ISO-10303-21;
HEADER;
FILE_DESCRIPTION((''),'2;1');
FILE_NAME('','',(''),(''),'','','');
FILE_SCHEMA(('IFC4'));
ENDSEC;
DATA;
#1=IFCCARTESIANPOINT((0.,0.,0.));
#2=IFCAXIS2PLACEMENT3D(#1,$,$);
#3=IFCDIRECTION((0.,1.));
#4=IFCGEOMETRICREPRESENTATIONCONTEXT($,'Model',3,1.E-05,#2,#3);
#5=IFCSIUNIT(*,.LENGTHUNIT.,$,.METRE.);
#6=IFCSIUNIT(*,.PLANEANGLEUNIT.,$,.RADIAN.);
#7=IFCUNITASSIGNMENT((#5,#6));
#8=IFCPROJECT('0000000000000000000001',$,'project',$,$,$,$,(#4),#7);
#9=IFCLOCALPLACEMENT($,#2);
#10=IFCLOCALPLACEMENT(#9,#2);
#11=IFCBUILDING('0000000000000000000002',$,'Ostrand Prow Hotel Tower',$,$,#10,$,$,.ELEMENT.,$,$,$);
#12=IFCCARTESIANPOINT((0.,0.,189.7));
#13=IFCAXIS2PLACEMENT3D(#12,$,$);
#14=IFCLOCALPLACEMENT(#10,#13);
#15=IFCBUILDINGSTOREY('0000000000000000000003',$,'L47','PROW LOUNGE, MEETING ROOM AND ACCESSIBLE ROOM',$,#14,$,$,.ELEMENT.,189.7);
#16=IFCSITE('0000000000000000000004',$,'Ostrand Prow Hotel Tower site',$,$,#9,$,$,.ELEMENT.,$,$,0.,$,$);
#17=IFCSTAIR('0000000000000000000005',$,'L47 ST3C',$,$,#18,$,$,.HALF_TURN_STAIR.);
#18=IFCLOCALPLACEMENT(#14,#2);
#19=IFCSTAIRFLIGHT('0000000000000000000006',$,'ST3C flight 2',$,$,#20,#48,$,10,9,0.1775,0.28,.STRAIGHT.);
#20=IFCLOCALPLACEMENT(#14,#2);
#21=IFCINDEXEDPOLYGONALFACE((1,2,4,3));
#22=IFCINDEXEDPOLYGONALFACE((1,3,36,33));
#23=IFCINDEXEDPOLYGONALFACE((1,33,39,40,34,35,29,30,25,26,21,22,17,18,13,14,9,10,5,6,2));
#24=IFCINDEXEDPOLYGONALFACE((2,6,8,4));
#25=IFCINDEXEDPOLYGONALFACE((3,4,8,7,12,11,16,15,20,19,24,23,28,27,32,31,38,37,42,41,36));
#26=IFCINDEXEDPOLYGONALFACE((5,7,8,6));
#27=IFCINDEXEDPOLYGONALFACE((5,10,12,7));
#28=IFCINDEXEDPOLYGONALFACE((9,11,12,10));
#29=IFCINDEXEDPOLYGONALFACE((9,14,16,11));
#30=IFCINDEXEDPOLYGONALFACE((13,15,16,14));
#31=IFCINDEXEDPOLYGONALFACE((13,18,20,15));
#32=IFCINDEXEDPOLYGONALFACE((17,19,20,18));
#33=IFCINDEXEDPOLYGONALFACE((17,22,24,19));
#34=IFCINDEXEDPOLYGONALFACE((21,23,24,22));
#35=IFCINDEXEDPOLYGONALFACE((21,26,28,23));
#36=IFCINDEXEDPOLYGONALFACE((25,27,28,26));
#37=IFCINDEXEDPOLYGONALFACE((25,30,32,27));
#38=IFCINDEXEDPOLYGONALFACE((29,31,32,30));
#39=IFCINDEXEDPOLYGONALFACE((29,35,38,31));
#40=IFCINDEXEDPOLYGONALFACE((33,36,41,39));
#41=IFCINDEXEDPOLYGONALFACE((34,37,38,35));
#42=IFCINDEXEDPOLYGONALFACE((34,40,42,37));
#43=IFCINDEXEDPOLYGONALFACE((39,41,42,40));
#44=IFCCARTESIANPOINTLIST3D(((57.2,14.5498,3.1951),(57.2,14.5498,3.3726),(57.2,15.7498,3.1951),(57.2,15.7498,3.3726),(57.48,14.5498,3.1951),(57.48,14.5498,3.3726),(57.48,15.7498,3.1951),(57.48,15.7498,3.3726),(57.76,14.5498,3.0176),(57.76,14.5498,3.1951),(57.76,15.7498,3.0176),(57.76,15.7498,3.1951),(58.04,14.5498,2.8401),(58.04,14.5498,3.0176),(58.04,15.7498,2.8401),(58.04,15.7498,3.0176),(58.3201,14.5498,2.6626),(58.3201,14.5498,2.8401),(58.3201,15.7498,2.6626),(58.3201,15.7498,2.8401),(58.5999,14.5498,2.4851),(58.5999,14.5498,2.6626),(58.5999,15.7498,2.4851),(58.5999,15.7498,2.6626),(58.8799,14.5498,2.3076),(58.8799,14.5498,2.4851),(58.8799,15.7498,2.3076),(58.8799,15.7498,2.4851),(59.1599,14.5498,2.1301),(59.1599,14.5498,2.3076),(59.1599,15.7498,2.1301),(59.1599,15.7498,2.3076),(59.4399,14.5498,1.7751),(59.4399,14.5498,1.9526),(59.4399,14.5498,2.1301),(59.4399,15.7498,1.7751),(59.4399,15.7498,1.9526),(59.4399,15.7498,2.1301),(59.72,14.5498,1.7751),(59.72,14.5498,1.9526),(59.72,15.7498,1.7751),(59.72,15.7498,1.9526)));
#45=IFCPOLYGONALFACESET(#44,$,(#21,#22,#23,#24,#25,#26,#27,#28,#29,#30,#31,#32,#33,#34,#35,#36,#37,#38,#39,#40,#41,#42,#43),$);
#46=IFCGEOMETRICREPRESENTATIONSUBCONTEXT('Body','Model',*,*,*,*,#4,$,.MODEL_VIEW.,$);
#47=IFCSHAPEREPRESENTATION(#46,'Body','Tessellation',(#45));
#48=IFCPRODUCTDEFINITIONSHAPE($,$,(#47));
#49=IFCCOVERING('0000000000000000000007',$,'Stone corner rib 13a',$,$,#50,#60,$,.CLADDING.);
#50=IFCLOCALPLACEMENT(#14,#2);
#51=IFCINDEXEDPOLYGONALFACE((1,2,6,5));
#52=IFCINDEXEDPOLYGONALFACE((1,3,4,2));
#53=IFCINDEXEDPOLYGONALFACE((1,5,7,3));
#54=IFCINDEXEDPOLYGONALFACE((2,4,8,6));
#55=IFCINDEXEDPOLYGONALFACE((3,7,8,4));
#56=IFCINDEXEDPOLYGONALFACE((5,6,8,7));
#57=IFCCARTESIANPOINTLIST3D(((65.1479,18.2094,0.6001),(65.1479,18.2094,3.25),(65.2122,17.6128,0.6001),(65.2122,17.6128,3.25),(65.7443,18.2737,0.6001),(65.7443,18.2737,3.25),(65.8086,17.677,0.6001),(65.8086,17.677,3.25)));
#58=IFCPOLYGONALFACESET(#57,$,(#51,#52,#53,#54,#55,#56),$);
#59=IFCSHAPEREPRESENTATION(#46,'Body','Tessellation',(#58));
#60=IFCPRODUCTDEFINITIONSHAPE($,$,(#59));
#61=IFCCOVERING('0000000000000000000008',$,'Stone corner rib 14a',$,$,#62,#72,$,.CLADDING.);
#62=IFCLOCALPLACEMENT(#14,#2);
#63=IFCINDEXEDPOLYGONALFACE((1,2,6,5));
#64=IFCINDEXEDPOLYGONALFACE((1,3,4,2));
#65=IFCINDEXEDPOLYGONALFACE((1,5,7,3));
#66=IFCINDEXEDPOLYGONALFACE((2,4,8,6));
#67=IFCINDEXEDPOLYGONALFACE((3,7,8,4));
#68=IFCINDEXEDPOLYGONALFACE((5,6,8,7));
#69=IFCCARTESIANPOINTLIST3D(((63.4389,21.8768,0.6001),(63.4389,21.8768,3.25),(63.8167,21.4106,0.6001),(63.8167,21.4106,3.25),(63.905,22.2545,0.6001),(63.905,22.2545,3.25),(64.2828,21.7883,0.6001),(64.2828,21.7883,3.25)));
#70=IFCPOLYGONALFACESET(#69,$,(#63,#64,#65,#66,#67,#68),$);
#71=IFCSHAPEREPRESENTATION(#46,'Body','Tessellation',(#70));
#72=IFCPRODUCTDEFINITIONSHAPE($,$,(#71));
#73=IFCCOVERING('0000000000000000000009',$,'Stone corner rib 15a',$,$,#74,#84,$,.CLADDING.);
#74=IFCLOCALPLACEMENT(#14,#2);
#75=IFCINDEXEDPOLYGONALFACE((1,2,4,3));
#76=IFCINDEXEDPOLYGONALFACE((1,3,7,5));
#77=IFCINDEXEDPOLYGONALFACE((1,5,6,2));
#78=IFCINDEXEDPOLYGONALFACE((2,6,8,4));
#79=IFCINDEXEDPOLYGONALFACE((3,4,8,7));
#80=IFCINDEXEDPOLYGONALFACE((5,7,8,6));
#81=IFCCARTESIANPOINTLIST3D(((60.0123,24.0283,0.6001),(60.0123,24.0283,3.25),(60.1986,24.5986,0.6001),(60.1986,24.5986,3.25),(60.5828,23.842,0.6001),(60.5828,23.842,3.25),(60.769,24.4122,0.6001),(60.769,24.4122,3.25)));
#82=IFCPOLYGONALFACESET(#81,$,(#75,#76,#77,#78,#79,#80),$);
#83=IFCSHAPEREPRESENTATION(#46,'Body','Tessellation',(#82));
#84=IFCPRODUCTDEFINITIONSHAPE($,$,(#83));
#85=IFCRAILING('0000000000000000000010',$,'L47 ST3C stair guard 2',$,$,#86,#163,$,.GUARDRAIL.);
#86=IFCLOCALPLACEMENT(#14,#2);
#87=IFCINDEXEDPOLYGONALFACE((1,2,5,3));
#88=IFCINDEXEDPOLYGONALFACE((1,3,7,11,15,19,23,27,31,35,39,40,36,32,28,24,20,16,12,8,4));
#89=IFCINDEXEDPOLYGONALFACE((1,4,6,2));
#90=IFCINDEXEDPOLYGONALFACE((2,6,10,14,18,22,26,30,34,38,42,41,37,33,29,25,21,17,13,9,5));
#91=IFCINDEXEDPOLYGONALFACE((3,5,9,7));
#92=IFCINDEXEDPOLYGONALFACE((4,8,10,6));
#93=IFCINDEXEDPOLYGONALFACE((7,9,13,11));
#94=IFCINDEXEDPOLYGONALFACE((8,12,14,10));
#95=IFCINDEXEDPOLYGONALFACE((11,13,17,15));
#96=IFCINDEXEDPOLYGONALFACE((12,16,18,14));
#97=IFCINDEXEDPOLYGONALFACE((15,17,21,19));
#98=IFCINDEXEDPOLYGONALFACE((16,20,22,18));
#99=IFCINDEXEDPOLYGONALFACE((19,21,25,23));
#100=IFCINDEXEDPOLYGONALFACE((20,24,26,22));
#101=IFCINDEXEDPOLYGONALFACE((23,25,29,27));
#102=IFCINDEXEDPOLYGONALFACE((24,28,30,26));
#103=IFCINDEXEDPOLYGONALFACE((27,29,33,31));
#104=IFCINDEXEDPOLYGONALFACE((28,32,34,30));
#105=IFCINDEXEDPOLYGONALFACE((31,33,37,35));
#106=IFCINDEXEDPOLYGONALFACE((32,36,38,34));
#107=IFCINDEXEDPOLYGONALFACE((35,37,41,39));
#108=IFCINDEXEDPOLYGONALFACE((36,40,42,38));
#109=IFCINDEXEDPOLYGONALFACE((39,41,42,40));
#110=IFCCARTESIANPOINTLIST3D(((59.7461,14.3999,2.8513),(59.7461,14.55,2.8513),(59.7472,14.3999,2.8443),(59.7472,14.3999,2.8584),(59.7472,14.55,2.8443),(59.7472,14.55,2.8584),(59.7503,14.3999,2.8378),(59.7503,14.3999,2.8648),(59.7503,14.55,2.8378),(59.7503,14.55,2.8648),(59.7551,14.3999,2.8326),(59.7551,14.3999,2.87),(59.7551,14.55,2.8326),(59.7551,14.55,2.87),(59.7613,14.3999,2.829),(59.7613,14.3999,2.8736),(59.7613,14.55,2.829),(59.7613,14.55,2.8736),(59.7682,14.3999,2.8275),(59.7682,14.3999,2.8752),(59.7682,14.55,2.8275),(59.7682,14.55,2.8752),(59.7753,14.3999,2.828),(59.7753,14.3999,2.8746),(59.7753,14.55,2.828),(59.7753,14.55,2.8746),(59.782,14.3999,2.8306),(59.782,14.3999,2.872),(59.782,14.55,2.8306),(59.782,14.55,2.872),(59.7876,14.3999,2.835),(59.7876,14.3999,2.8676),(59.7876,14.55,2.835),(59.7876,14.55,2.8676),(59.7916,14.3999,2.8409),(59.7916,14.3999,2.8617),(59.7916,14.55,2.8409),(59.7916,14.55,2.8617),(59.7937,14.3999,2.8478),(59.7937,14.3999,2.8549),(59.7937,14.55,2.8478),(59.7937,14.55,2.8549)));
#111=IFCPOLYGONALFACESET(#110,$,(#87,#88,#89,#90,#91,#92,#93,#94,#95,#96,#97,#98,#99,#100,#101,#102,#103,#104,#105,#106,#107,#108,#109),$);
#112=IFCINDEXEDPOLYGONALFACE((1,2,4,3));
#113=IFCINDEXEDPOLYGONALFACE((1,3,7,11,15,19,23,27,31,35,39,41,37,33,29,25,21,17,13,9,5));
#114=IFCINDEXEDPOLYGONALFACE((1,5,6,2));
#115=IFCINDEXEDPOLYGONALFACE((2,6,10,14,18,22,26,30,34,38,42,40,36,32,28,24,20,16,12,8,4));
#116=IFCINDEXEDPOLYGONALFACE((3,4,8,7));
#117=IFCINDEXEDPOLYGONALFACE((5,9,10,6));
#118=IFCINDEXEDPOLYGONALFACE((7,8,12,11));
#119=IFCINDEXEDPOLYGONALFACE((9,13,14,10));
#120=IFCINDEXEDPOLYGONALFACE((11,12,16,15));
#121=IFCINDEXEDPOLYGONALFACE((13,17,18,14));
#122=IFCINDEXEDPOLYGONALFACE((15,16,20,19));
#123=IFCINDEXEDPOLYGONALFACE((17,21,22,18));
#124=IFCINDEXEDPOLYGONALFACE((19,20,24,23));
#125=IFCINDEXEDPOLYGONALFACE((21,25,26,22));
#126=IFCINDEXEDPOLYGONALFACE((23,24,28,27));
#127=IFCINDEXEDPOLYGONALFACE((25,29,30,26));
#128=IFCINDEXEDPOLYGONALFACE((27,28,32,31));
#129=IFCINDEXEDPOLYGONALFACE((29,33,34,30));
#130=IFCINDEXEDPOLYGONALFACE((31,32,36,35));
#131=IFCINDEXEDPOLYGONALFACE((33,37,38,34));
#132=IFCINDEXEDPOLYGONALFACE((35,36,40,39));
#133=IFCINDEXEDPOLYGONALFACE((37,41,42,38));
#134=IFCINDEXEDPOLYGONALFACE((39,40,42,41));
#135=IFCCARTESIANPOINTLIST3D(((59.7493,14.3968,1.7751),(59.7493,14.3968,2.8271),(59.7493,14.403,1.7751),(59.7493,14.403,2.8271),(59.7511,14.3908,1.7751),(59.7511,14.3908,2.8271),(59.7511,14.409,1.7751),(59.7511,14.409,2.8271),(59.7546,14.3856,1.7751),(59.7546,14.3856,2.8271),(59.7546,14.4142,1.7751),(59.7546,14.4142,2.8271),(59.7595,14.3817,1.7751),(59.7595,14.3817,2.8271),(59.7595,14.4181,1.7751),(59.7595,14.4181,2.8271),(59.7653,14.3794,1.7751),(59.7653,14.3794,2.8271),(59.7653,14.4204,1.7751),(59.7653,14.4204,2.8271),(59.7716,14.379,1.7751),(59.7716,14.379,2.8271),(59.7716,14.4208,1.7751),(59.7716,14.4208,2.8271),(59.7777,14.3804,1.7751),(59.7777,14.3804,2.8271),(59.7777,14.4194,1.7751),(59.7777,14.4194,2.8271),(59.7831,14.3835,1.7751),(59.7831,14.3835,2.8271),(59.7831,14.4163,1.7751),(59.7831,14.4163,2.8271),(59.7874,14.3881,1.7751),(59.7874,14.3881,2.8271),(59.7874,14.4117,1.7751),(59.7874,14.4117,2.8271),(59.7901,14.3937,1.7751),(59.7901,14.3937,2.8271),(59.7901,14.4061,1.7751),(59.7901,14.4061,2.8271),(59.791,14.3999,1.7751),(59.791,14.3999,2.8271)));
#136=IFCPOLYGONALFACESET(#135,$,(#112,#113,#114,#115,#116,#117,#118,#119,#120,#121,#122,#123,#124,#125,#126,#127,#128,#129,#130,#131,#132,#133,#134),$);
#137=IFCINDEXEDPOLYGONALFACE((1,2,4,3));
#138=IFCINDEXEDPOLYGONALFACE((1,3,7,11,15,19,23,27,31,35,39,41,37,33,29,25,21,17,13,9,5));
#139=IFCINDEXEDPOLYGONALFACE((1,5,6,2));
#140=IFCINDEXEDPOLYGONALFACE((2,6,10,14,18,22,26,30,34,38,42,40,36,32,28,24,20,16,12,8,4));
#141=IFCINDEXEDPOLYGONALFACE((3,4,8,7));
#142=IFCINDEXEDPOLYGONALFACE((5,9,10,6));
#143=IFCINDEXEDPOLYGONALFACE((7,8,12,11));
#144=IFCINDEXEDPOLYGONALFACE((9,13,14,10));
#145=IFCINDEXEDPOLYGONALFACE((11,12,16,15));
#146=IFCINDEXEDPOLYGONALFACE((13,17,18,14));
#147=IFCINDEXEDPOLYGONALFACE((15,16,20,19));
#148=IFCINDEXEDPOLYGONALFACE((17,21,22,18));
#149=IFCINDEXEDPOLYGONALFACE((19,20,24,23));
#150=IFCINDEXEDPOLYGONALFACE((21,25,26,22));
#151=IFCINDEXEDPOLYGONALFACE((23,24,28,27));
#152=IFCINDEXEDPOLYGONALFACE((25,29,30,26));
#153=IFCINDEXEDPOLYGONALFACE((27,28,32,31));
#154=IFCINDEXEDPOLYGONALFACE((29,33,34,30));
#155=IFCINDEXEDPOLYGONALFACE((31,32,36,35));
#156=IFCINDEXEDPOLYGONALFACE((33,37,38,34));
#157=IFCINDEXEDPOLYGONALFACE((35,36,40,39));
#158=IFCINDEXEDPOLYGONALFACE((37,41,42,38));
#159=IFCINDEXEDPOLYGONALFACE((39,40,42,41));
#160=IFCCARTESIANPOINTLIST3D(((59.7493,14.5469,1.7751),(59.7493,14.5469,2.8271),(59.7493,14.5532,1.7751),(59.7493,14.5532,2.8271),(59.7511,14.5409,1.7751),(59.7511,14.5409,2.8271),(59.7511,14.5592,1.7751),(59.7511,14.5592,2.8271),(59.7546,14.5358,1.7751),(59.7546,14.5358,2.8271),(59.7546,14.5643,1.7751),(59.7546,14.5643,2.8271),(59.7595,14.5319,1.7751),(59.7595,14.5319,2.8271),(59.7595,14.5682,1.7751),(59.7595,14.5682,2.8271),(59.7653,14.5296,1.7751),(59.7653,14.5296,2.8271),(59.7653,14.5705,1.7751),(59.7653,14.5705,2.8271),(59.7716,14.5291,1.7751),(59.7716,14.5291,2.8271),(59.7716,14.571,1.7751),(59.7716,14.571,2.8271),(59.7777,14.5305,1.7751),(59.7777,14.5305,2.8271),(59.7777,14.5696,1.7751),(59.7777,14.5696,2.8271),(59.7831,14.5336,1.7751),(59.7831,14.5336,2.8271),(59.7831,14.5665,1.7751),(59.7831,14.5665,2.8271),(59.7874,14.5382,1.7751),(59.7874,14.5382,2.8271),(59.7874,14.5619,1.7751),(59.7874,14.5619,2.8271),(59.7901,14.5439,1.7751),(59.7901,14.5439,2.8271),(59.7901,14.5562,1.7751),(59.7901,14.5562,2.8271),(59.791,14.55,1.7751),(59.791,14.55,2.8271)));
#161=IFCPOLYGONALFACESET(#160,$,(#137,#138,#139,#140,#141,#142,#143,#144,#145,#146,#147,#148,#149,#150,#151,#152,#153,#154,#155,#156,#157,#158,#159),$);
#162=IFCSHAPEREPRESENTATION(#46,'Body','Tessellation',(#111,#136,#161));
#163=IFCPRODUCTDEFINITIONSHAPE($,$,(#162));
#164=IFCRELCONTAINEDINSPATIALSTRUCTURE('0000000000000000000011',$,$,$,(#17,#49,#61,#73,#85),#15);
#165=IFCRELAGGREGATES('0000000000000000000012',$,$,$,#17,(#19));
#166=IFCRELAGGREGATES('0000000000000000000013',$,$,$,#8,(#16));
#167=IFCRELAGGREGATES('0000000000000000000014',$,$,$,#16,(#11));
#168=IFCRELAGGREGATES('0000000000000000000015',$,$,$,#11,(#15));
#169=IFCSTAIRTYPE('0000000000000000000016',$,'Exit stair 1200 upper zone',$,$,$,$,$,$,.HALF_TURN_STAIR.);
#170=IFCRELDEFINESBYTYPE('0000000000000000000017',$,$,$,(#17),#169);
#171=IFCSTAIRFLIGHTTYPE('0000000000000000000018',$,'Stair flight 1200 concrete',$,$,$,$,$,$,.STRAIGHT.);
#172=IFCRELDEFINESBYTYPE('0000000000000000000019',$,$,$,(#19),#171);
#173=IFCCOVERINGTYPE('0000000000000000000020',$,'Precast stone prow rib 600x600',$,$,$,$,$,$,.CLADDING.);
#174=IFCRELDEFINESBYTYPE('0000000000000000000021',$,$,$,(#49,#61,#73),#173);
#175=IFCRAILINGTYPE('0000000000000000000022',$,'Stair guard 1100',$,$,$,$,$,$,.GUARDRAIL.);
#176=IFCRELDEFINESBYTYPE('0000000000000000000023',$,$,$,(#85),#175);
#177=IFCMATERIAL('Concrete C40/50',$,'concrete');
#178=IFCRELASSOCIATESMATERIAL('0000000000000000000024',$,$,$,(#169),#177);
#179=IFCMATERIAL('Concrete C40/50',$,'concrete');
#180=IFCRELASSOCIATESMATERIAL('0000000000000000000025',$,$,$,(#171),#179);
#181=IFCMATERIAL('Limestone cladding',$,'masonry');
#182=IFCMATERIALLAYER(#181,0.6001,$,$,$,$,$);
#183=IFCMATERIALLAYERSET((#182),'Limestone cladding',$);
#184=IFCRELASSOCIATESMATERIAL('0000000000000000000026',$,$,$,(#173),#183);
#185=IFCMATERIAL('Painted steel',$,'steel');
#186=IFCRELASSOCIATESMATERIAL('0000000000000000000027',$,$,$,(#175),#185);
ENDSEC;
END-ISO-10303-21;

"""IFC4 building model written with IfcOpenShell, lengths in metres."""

from ifc_helpers import new_model, si_unit, direction, frame, frame_2d, origin, origin_2d, place, context, subcontext, project, spatial, polyline, rectangle, circle, outline, extrude, material, layer, layer_set, type_object, element, aggregate, save


model = new_model("IFC4")

# Units and contexts
model_context = context("Model", 3, precision=1e-05, world=origin(), true_north=direction((0.0, 1.0)))
body_context = subcontext(model_context, "Body", "Model", "MODEL_VIEW")
ifc_project = project(units=[si_unit("LENGTHUNIT", "METRE"), si_unit("PLANEANGLEUNIT", "RADIAN")], contexts=[model_context])

# Site, building, storey
site_placement = place(None, origin())
site = spatial("IfcSite", under=ifc_project, at=site_placement, Name="Ostrand Prow Hotel Tower site", CompositionType="ELEMENT", RefElevation=0.0)
building_placement = place(site_placement, origin())
building = spatial("IfcBuilding", under=site, at=building_placement, Name="Ostrand Prow Hotel Tower", CompositionType="ELEMENT")
storey_placement = place(building_placement, frame((0.0, 0.0, 189.7)))
storey = spatial("IfcBuildingStorey", under=building, at=storey_placement, Name="L47", Description="PROW LOUNGE, MEETING ROOM AND ACCESSIBLE ROOM", CompositionType="ELEMENT", Elevation=189.7)

# Stair, stair flight
ifc_material_1 = material(Name="Concrete C40/50", Category="concrete")
stair_type = type_object("IfcStairType", Name="Exit stair 1200 upper zone", PredefinedType="HALF_TURN_STAIR", material=ifc_material_1)
stair_placement = place(storey_placement, origin())
stair = element("IfcStair", 1, at=stair_placement, inside=storey, type_object=stair_type, Name="L47 ST3C", PredefinedType="HALF_TURN_STAIR")
ifc_material_2 = material(Name="Concrete C40/50", Category="concrete")
stair_flight_type = type_object("IfcStairFlightType", Name="Stair flight 1200 concrete", PredefinedType="STRAIGHT", material=ifc_material_2)
stair_flight_placement = place(storey_placement, frame((59.72, 15.1499, 1.7751), z_axis=(0.0, 0.0, 1.0), x_axis=(-1.0, 0.0, 0.0)))
stair_flight = element("IfcStairFlight", 2, at=stair_flight_placement, type_object=stair_flight_type, Name="ST3C flight 2", NumberOfRisers=10, NumberOfTreads=9, PredefinedType="STRAIGHT", RiserHeight=0.1775, TreadLength=0.28, context=body_context, shape_type="SweptSolid", body=[
    extrude(outline(polyline([(0.0, 0.0), (0.0, 0.1775), (0.28, 0.1775), (0.28, 0.355), (0.5601, 0.355), (0.5601, 0.5325), (0.8401, 0.5325), (0.8401, 0.71), (1.1201, 0.71), (1.1201, 0.8875), (1.3999, 0.8875), (1.3999, 1.0649), (1.6799, 1.0649), (1.6799, 1.2424), (1.96, 1.2424), (1.96, 1.4199), (2.24, 1.4199), (2.24, 1.5974), (2.52, 1.5974), (2.52, 1.7749), (2.52, 1.4199), (0.28, 0.0), (0.0, 0.0)])), frame((0.0, 0.6001, 0.0), z_axis=(0.0, -1.0, 0.0), x_axis=(1.0, 0.0, 0.0)), (0.0, 0.0, 1.0), 1.2),
])
aggregate(stair, [stair_flight])

# Coverings
ifc_material_3 = material(Name="Limestone cladding", Category="masonry")
ifc_layer_1 = layer(ifc_material_3, 0.6001)
ifc_layer_set_1 = layer_set([ifc_layer_1], Name="Limestone cladding")
covering_type = type_object("IfcCoveringType", Name="Precast stone prow rib 600x600", PredefinedType="CLADDING", material=ifc_layer_set_1)
for number, where, z_axis, x_axis, name in (
    (3, (65.1802, 17.9111, 0.6001), (0.0, 0.0, 1.0), (0.994255, 0.107036, 0.0), "Stone corner rib 13a"),
    (4, (63.6279, 21.6438, 0.6001), (0.0, 0.0, 1.0), (0.776923, 0.629596, 0.0), "Stone corner rib 14a"),
    (5, (60.2976, 23.9353, 0.6001), (0.0, 0.0, 1.0), (0.310484, 0.950578, 0.0), "Stone corner rib 15a"),
):
    element("IfcCovering", number, at=place(storey_placement, frame(where, z_axis=z_axis, x_axis=x_axis)), inside=storey, type_object=covering_type, Name=name, PredefinedType="CLADDING", context=body_context, shape_type="SweptSolid", body=[
        extrude(rectangle(XDim=0.5999, YDim=0.6001, at=frame_2d((0.2998, 0.0))), origin(), (0.0, 0.0, 1.0), 2.6499),
    ])

# Railing
ifc_material_4 = material(Name="Painted steel", Category="steel")
railing_type_1 = type_object("IfcRailingType", Name="Stair guard 1100", PredefinedType="GUARDRAIL", material=ifc_material_4)
railing_1_placement = place(storey_placement, frame((59.77, 14.3999, 1.7751)))
element("IfcRailing", 6, at=railing_1_placement, inside=storey, type_object=railing_type_1, Name="L47 ST3C stair guard 2", PredefinedType="GUARDRAIL", context=body_context, shape_type="SweptSolid", body=[
    extrude(circle(Radius=0.0239, at=origin_2d()), frame((0.0, 0.0, 1.0762), z_axis=(0.0, 1.0, 0.0), x_axis=(-1.0, 0.0, 0.0)), (0.0, 0.0, 1.0), 0.1501),
    extrude(circle(Radius=0.021, at=origin_2d()), origin(), (0.0, 0.0, 1.0), 1.052),
    extrude(circle(Radius=0.021, at=origin_2d()), frame((0.0, 0.1501, 0.0)), (0.0, 0.0, 1.0), 1.052),
])

save(model, "model.ifc")
